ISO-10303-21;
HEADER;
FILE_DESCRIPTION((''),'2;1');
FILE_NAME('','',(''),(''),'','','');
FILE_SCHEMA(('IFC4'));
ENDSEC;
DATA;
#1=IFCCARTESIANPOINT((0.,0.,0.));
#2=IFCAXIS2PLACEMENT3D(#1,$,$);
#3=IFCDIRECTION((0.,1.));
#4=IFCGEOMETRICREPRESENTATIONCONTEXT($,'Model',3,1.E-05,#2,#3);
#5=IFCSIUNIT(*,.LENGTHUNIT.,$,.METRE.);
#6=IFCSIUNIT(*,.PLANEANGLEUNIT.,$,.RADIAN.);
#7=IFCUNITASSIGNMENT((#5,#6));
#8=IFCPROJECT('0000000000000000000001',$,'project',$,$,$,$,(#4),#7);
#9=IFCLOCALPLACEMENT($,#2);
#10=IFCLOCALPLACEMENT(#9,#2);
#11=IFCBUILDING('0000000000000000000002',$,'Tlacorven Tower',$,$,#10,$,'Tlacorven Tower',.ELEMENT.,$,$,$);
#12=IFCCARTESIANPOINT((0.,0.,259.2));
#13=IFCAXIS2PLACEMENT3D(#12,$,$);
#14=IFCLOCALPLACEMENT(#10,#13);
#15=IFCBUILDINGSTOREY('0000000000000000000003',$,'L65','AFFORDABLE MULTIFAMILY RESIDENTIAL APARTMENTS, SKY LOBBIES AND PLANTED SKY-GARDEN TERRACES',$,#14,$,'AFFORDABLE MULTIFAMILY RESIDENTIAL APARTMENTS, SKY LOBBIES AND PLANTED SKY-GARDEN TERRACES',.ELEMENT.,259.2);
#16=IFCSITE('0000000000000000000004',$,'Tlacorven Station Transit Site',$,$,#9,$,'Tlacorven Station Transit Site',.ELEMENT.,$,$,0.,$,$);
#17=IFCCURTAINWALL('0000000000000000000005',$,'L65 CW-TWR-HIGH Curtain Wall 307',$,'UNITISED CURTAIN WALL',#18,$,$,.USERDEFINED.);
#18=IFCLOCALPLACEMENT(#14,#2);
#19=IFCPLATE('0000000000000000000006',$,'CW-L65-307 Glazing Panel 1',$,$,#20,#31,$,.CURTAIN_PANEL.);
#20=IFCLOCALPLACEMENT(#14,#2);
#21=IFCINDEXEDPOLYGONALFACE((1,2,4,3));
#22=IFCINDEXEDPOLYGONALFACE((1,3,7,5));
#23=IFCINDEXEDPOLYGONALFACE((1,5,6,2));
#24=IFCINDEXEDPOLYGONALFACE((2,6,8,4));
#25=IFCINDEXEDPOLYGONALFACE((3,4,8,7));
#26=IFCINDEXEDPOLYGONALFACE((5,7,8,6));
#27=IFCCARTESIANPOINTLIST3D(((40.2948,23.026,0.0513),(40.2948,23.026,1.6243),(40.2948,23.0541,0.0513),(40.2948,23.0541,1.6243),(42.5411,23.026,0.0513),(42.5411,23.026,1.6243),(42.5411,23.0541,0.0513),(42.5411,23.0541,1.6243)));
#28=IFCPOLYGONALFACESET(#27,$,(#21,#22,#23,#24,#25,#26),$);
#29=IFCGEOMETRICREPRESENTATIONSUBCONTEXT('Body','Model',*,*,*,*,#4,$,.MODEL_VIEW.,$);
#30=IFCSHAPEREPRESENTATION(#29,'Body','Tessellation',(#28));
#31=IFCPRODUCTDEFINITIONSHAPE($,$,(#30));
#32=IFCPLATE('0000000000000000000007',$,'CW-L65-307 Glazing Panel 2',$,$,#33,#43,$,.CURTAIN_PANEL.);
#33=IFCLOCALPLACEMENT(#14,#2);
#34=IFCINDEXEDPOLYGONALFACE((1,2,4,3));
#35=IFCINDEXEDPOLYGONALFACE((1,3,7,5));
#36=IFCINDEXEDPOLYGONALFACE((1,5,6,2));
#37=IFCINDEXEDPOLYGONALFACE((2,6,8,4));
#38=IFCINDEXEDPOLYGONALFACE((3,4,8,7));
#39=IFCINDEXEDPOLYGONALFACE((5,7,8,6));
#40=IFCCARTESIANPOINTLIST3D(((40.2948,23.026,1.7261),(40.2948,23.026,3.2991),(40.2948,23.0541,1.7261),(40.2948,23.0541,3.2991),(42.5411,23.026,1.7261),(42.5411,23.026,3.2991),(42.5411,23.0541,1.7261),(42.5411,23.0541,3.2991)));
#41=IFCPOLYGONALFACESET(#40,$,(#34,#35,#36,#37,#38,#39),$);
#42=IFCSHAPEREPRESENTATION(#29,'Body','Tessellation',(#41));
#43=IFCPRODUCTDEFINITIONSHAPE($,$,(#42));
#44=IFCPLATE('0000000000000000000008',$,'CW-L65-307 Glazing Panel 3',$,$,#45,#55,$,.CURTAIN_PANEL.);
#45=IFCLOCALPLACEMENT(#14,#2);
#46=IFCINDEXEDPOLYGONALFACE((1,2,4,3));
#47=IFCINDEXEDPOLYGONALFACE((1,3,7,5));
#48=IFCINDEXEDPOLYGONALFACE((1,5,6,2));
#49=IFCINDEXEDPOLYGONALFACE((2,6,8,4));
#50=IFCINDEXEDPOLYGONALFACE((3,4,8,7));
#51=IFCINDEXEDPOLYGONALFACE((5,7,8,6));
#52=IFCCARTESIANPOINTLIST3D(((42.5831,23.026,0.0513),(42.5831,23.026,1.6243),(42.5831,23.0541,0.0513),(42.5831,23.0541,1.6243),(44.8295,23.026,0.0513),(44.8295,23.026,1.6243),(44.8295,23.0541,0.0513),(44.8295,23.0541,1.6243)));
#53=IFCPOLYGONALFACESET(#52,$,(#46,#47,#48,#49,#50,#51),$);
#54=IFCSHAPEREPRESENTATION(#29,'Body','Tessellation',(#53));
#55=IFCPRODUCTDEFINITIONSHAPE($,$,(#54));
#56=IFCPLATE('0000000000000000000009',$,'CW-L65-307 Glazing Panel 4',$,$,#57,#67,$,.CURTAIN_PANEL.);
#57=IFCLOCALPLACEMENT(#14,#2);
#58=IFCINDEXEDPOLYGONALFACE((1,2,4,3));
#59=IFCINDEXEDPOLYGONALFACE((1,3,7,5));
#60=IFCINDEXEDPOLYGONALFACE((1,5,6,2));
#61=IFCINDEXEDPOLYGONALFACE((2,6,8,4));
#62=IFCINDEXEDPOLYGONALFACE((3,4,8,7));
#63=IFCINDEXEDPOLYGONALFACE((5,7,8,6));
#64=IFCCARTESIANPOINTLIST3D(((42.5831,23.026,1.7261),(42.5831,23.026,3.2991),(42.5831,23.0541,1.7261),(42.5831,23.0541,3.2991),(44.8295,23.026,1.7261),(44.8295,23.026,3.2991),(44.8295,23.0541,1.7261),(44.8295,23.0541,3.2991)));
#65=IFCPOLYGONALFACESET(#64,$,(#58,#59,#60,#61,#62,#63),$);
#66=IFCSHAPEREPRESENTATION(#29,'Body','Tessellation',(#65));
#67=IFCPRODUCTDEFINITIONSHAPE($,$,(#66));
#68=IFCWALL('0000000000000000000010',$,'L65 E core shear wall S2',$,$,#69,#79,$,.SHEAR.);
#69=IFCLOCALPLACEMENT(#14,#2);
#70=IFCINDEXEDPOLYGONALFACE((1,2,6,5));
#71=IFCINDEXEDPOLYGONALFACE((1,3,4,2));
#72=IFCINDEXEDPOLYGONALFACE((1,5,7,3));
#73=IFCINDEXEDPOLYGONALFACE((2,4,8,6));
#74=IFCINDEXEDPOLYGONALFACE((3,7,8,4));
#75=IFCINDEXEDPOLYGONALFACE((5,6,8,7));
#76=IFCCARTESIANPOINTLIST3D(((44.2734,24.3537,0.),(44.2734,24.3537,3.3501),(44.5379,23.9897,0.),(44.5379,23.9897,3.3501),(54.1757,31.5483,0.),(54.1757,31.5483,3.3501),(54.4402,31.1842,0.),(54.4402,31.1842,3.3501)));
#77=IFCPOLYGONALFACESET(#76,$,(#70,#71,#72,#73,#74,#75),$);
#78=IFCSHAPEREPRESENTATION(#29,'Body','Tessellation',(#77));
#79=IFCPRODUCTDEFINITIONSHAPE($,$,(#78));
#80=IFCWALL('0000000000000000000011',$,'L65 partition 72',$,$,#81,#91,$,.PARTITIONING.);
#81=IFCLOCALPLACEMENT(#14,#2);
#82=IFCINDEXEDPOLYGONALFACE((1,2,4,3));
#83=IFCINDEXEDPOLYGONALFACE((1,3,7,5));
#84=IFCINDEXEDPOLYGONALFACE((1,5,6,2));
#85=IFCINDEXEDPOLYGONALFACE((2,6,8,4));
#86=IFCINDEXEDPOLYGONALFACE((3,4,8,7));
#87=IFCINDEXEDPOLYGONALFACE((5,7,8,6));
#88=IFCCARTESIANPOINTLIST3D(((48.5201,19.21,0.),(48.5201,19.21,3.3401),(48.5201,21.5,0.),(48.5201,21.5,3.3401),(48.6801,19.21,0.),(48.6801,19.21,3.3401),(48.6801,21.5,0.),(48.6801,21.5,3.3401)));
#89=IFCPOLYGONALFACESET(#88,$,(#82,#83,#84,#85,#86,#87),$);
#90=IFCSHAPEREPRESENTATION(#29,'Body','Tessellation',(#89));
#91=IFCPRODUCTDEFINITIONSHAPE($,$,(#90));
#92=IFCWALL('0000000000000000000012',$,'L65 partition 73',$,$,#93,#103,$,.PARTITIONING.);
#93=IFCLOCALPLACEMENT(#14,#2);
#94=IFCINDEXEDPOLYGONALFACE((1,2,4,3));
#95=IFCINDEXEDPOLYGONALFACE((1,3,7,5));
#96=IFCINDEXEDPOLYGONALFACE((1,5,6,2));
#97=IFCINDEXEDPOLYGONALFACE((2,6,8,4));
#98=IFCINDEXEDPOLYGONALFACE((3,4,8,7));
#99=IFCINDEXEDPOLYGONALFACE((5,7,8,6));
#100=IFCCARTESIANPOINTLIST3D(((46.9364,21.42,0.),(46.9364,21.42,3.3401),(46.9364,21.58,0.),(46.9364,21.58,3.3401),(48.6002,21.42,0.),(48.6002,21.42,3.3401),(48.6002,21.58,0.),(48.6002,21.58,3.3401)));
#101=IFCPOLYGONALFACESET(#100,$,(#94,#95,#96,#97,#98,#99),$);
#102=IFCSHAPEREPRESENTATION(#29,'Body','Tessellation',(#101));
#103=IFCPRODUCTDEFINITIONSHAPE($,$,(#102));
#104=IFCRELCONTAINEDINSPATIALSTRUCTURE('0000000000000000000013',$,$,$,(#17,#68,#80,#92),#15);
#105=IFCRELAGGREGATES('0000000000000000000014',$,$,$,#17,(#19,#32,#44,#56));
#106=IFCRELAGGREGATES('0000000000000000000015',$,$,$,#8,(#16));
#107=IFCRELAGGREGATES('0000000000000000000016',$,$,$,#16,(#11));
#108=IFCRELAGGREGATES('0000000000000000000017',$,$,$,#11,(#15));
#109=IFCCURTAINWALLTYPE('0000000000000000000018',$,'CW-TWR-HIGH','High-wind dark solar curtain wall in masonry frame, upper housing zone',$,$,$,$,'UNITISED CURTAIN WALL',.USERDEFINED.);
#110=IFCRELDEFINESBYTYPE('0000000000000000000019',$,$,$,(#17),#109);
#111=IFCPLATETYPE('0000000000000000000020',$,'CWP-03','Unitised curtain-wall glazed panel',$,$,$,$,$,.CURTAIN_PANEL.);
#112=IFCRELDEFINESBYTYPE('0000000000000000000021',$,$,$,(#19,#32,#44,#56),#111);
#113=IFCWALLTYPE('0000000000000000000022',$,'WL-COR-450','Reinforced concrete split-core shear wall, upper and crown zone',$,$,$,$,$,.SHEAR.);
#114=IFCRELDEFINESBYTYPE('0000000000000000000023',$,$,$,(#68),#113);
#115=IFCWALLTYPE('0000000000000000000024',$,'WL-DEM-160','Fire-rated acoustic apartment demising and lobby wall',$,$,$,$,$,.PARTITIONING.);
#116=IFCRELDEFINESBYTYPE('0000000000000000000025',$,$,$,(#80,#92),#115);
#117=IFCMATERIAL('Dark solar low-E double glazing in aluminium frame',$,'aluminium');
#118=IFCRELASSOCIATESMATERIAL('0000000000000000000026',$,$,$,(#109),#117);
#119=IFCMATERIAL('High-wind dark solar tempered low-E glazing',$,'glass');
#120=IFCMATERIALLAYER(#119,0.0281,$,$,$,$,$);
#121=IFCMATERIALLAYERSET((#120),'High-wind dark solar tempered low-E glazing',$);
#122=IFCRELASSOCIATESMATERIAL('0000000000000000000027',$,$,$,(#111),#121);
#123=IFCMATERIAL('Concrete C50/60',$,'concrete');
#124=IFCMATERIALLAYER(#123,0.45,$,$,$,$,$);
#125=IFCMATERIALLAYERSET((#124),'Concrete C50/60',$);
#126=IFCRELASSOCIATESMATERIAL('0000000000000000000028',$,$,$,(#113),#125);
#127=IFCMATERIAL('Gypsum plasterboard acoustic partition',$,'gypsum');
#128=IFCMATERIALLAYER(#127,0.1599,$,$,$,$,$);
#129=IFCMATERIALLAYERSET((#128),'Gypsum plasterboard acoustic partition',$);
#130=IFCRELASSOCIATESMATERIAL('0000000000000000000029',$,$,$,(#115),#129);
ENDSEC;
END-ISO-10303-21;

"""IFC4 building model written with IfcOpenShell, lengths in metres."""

from ifc_helpers import new_model, si_unit, direction, frame, frame_2d, origin, origin_2d, place, context, subcontext, project, spatial, rectangle, extrude, source, transform, mapped, material, layer, layer_set, type_object, element, aggregate, save


model = new_model("IFC4")

# Units and contexts
model_context = context("Model", 3, precision=1e-05, world=origin(), true_north=direction((0.0, 1.0)))
body_context = subcontext(model_context, "Body", "Model", "MODEL_VIEW")
ifc_project = project(units=[si_unit("LENGTHUNIT", "METRE"), si_unit("PLANEANGLEUNIT", "RADIAN")], contexts=[model_context])

# Site, building, storey
site_placement = place(None, origin())
site = spatial("IfcSite", under=ifc_project, at=site_placement, Name="Tlacorven Station Transit Site", LongName="Tlacorven Station Transit Site", CompositionType="ELEMENT", RefElevation=0.0)
building_placement = place(site_placement, origin())
building = spatial("IfcBuilding", under=site, at=building_placement, Name="Tlacorven Tower", LongName="Tlacorven Tower", CompositionType="ELEMENT")
storey_placement = place(building_placement, frame((0.0, 0.0, 259.2)))
storey = spatial("IfcBuildingStorey", under=building, at=storey_placement, Name="L65", Description="AFFORDABLE MULTIFAMILY RESIDENTIAL APARTMENTS, SKY LOBBIES AND PLANTED SKY-GARDEN TERRACES", LongName="AFFORDABLE MULTIFAMILY RESIDENTIAL APARTMENTS, SKY LOBBIES AND PLANTED SKY-GARDEN TERRACES", CompositionType="ELEMENT", Elevation=259.2)

# Curtain wall
ifc_material_1 = material(Name="Dark solar low-E double glazing in aluminium frame", Category="aluminium")
curtain_wall_type = type_object("IfcCurtainWallType", Name="CW-TWR-HIGH", Description="High-wind dark solar curtain wall in masonry frame, upper housing zone", ElementType="UNITISED CURTAIN WALL", PredefinedType="USERDEFINED", material=ifc_material_1)
curtain_wall_placement = place(storey_placement, origin())
curtain_wall = element("IfcCurtainWall", 1, at=curtain_wall_placement, inside=storey, type_object=curtain_wall_type, Name="L65 CW-TWR-HIGH Curtain Wall 307", ObjectType="UNITISED CURTAIN WALL", PredefinedType="USERDEFINED")

# Plates
ifc_material_2 = material(Name="High-wind dark solar tempered low-E glazing", Category="glass")
ifc_layer_1 = layer(ifc_material_2, 0.0281)
ifc_layer_set_1 = layer_set([ifc_layer_1], Name="High-wind dark solar tempered low-E glazing")
plate_type_1 = type_object("IfcPlateType", Name="CWP-03", Description="Unitised curtain-wall glazed panel", PredefinedType="CURTAIN_PANEL", material=ifc_layer_set_1)
shared_shape_1 = source(origin(), body_context, "Body", "SweptSolid", [
    extrude(rectangle(XDim=2.2463, YDim=0.0281, at=origin_2d()), origin(), (0.0, 0.0, 1.0), 1.573),
])
plate_1_placement = place(storey_placement, frame((41.418, 23.04, 0.0513), z_axis=(0.0, 0.0, 1.0), x_axis=(1.0, 0.0, 0.0)))
plate_1 = element("IfcPlate", 2, at=plate_1_placement, type_object=plate_type_1, Name="CW-L65-307 Glazing Panel 1", PredefinedType="CURTAIN_PANEL", context=body_context, shape_type="MappedRepresentation", body=[
    mapped(shared_shape_1, transform((0.0, 0.0, 0.0), scale=1.0)),
])
plate_2_placement = place(storey_placement, frame((41.418, 23.04, 1.7261), z_axis=(0.0, 0.0, 1.0), x_axis=(1.0, 0.0, 0.0)))
plate_2 = element("IfcPlate", 3, at=plate_2_placement, type_object=plate_type_1, Name="CW-L65-307 Glazing Panel 2", PredefinedType="CURTAIN_PANEL", context=body_context, shape_type="MappedRepresentation", body=[
    mapped(shared_shape_1, transform((0.0, 0.0, 0.0), scale=1.0)),
])
plate_3_placement = place(storey_placement, frame((43.7063, 23.04, 0.0513), z_axis=(0.0, 0.0, 1.0), x_axis=(1.0, 0.0, 0.0)))
plate_3 = element("IfcPlate", 4, at=plate_3_placement, type_object=plate_type_1, Name="CW-L65-307 Glazing Panel 3", PredefinedType="CURTAIN_PANEL", context=body_context, shape_type="MappedRepresentation", body=[
    mapped(shared_shape_1, transform((0.0, 0.0, 0.0), scale=1.0)),
])
plate_4_placement = place(storey_placement, frame((43.7063, 23.04, 1.7261), z_axis=(0.0, 0.0, 1.0), x_axis=(1.0, 0.0, 0.0)))
plate_4 = element("IfcPlate", 5, at=plate_4_placement, type_object=plate_type_1, Name="CW-L65-307 Glazing Panel 4", PredefinedType="CURTAIN_PANEL", context=body_context, shape_type="MappedRepresentation", body=[
    mapped(shared_shape_1, transform((0.0, 0.0, 0.0), scale=1.0)),
])
aggregate(curtain_wall, [plate_1, plate_2, plate_3, plate_4])

# Walls
ifc_material_3 = material(Name="Concrete C50/60", Category="concrete")
ifc_layer_2 = layer(ifc_material_3, 0.45)
ifc_layer_set_2 = layer_set([ifc_layer_2], Name="Concrete C50/60")
wall_type_1 = type_object("IfcWallType", Name="WL-COR-450", Description="Reinforced concrete split-core shear wall, upper and crown zone", PredefinedType="SHEAR", material=ifc_layer_set_2)
wall_1_placement = place(storey_placement, frame((44.4055, 24.1716, 0.0), z_axis=(0.0, 0.0, 1.0), x_axis=(0.809013, 0.587791, 0.0)))
element("IfcWall", 6, at=wall_1_placement, inside=storey, type_object=wall_type_1, Name="L65 E core shear wall S2", PredefinedType="SHEAR", context=body_context, shape_type="SweptSolid", body=[
    extrude(rectangle(XDim=12.24, YDim=0.45, at=frame_2d((6.1201, 0.0))), origin(), (0.0, 0.0, 1.0), 3.3501),
])
ifc_material_4 = material(Name="Gypsum plasterboard acoustic partition", Category="gypsum")
ifc_layer_3 = layer(ifc_material_4, 0.1599)
ifc_layer_set_3 = layer_set([ifc_layer_3], Name="Gypsum plasterboard acoustic partition")
wall_type_2 = type_object("IfcWallType", Name="WL-DEM-160", Description="Fire-rated acoustic apartment demising and lobby wall", PredefinedType="PARTITIONING", material=ifc_layer_set_3)
wall_2_placement = place(storey_placement, frame((48.6001, 19.21, 0.0), z_axis=(0.0, 0.0, 1.0), x_axis=(0.0, 1.0, 0.0)))
element("IfcWall", 7, at=wall_2_placement, inside=storey, type_object=wall_type_2, Name="L65 partition 72", PredefinedType="PARTITIONING", context=body_context, shape_type="SweptSolid", body=[
    extrude(rectangle(XDim=2.29, YDim=0.1599, at=frame_2d((1.145, 0.0))), origin(), (0.0, 0.0, 1.0), 3.3401),
])
wall_3_placement = place(storey_placement, frame((46.9363, 21.5, 0.0), z_axis=(0.0, 0.0, 1.0), x_axis=(1.0, 0.0, 0.0)))
element("IfcWall", 8, at=wall_3_placement, inside=storey, type_object=wall_type_2, Name="L65 partition 73", PredefinedType="PARTITIONING", context=body_context, shape_type="SweptSolid", body=[
    extrude(rectangle(XDim=1.6638, YDim=0.1599, at=frame_2d((0.832, 0.0))), origin(), (0.0, 0.0, 1.0), 3.3401),
])

save(model, "model.ifc")
